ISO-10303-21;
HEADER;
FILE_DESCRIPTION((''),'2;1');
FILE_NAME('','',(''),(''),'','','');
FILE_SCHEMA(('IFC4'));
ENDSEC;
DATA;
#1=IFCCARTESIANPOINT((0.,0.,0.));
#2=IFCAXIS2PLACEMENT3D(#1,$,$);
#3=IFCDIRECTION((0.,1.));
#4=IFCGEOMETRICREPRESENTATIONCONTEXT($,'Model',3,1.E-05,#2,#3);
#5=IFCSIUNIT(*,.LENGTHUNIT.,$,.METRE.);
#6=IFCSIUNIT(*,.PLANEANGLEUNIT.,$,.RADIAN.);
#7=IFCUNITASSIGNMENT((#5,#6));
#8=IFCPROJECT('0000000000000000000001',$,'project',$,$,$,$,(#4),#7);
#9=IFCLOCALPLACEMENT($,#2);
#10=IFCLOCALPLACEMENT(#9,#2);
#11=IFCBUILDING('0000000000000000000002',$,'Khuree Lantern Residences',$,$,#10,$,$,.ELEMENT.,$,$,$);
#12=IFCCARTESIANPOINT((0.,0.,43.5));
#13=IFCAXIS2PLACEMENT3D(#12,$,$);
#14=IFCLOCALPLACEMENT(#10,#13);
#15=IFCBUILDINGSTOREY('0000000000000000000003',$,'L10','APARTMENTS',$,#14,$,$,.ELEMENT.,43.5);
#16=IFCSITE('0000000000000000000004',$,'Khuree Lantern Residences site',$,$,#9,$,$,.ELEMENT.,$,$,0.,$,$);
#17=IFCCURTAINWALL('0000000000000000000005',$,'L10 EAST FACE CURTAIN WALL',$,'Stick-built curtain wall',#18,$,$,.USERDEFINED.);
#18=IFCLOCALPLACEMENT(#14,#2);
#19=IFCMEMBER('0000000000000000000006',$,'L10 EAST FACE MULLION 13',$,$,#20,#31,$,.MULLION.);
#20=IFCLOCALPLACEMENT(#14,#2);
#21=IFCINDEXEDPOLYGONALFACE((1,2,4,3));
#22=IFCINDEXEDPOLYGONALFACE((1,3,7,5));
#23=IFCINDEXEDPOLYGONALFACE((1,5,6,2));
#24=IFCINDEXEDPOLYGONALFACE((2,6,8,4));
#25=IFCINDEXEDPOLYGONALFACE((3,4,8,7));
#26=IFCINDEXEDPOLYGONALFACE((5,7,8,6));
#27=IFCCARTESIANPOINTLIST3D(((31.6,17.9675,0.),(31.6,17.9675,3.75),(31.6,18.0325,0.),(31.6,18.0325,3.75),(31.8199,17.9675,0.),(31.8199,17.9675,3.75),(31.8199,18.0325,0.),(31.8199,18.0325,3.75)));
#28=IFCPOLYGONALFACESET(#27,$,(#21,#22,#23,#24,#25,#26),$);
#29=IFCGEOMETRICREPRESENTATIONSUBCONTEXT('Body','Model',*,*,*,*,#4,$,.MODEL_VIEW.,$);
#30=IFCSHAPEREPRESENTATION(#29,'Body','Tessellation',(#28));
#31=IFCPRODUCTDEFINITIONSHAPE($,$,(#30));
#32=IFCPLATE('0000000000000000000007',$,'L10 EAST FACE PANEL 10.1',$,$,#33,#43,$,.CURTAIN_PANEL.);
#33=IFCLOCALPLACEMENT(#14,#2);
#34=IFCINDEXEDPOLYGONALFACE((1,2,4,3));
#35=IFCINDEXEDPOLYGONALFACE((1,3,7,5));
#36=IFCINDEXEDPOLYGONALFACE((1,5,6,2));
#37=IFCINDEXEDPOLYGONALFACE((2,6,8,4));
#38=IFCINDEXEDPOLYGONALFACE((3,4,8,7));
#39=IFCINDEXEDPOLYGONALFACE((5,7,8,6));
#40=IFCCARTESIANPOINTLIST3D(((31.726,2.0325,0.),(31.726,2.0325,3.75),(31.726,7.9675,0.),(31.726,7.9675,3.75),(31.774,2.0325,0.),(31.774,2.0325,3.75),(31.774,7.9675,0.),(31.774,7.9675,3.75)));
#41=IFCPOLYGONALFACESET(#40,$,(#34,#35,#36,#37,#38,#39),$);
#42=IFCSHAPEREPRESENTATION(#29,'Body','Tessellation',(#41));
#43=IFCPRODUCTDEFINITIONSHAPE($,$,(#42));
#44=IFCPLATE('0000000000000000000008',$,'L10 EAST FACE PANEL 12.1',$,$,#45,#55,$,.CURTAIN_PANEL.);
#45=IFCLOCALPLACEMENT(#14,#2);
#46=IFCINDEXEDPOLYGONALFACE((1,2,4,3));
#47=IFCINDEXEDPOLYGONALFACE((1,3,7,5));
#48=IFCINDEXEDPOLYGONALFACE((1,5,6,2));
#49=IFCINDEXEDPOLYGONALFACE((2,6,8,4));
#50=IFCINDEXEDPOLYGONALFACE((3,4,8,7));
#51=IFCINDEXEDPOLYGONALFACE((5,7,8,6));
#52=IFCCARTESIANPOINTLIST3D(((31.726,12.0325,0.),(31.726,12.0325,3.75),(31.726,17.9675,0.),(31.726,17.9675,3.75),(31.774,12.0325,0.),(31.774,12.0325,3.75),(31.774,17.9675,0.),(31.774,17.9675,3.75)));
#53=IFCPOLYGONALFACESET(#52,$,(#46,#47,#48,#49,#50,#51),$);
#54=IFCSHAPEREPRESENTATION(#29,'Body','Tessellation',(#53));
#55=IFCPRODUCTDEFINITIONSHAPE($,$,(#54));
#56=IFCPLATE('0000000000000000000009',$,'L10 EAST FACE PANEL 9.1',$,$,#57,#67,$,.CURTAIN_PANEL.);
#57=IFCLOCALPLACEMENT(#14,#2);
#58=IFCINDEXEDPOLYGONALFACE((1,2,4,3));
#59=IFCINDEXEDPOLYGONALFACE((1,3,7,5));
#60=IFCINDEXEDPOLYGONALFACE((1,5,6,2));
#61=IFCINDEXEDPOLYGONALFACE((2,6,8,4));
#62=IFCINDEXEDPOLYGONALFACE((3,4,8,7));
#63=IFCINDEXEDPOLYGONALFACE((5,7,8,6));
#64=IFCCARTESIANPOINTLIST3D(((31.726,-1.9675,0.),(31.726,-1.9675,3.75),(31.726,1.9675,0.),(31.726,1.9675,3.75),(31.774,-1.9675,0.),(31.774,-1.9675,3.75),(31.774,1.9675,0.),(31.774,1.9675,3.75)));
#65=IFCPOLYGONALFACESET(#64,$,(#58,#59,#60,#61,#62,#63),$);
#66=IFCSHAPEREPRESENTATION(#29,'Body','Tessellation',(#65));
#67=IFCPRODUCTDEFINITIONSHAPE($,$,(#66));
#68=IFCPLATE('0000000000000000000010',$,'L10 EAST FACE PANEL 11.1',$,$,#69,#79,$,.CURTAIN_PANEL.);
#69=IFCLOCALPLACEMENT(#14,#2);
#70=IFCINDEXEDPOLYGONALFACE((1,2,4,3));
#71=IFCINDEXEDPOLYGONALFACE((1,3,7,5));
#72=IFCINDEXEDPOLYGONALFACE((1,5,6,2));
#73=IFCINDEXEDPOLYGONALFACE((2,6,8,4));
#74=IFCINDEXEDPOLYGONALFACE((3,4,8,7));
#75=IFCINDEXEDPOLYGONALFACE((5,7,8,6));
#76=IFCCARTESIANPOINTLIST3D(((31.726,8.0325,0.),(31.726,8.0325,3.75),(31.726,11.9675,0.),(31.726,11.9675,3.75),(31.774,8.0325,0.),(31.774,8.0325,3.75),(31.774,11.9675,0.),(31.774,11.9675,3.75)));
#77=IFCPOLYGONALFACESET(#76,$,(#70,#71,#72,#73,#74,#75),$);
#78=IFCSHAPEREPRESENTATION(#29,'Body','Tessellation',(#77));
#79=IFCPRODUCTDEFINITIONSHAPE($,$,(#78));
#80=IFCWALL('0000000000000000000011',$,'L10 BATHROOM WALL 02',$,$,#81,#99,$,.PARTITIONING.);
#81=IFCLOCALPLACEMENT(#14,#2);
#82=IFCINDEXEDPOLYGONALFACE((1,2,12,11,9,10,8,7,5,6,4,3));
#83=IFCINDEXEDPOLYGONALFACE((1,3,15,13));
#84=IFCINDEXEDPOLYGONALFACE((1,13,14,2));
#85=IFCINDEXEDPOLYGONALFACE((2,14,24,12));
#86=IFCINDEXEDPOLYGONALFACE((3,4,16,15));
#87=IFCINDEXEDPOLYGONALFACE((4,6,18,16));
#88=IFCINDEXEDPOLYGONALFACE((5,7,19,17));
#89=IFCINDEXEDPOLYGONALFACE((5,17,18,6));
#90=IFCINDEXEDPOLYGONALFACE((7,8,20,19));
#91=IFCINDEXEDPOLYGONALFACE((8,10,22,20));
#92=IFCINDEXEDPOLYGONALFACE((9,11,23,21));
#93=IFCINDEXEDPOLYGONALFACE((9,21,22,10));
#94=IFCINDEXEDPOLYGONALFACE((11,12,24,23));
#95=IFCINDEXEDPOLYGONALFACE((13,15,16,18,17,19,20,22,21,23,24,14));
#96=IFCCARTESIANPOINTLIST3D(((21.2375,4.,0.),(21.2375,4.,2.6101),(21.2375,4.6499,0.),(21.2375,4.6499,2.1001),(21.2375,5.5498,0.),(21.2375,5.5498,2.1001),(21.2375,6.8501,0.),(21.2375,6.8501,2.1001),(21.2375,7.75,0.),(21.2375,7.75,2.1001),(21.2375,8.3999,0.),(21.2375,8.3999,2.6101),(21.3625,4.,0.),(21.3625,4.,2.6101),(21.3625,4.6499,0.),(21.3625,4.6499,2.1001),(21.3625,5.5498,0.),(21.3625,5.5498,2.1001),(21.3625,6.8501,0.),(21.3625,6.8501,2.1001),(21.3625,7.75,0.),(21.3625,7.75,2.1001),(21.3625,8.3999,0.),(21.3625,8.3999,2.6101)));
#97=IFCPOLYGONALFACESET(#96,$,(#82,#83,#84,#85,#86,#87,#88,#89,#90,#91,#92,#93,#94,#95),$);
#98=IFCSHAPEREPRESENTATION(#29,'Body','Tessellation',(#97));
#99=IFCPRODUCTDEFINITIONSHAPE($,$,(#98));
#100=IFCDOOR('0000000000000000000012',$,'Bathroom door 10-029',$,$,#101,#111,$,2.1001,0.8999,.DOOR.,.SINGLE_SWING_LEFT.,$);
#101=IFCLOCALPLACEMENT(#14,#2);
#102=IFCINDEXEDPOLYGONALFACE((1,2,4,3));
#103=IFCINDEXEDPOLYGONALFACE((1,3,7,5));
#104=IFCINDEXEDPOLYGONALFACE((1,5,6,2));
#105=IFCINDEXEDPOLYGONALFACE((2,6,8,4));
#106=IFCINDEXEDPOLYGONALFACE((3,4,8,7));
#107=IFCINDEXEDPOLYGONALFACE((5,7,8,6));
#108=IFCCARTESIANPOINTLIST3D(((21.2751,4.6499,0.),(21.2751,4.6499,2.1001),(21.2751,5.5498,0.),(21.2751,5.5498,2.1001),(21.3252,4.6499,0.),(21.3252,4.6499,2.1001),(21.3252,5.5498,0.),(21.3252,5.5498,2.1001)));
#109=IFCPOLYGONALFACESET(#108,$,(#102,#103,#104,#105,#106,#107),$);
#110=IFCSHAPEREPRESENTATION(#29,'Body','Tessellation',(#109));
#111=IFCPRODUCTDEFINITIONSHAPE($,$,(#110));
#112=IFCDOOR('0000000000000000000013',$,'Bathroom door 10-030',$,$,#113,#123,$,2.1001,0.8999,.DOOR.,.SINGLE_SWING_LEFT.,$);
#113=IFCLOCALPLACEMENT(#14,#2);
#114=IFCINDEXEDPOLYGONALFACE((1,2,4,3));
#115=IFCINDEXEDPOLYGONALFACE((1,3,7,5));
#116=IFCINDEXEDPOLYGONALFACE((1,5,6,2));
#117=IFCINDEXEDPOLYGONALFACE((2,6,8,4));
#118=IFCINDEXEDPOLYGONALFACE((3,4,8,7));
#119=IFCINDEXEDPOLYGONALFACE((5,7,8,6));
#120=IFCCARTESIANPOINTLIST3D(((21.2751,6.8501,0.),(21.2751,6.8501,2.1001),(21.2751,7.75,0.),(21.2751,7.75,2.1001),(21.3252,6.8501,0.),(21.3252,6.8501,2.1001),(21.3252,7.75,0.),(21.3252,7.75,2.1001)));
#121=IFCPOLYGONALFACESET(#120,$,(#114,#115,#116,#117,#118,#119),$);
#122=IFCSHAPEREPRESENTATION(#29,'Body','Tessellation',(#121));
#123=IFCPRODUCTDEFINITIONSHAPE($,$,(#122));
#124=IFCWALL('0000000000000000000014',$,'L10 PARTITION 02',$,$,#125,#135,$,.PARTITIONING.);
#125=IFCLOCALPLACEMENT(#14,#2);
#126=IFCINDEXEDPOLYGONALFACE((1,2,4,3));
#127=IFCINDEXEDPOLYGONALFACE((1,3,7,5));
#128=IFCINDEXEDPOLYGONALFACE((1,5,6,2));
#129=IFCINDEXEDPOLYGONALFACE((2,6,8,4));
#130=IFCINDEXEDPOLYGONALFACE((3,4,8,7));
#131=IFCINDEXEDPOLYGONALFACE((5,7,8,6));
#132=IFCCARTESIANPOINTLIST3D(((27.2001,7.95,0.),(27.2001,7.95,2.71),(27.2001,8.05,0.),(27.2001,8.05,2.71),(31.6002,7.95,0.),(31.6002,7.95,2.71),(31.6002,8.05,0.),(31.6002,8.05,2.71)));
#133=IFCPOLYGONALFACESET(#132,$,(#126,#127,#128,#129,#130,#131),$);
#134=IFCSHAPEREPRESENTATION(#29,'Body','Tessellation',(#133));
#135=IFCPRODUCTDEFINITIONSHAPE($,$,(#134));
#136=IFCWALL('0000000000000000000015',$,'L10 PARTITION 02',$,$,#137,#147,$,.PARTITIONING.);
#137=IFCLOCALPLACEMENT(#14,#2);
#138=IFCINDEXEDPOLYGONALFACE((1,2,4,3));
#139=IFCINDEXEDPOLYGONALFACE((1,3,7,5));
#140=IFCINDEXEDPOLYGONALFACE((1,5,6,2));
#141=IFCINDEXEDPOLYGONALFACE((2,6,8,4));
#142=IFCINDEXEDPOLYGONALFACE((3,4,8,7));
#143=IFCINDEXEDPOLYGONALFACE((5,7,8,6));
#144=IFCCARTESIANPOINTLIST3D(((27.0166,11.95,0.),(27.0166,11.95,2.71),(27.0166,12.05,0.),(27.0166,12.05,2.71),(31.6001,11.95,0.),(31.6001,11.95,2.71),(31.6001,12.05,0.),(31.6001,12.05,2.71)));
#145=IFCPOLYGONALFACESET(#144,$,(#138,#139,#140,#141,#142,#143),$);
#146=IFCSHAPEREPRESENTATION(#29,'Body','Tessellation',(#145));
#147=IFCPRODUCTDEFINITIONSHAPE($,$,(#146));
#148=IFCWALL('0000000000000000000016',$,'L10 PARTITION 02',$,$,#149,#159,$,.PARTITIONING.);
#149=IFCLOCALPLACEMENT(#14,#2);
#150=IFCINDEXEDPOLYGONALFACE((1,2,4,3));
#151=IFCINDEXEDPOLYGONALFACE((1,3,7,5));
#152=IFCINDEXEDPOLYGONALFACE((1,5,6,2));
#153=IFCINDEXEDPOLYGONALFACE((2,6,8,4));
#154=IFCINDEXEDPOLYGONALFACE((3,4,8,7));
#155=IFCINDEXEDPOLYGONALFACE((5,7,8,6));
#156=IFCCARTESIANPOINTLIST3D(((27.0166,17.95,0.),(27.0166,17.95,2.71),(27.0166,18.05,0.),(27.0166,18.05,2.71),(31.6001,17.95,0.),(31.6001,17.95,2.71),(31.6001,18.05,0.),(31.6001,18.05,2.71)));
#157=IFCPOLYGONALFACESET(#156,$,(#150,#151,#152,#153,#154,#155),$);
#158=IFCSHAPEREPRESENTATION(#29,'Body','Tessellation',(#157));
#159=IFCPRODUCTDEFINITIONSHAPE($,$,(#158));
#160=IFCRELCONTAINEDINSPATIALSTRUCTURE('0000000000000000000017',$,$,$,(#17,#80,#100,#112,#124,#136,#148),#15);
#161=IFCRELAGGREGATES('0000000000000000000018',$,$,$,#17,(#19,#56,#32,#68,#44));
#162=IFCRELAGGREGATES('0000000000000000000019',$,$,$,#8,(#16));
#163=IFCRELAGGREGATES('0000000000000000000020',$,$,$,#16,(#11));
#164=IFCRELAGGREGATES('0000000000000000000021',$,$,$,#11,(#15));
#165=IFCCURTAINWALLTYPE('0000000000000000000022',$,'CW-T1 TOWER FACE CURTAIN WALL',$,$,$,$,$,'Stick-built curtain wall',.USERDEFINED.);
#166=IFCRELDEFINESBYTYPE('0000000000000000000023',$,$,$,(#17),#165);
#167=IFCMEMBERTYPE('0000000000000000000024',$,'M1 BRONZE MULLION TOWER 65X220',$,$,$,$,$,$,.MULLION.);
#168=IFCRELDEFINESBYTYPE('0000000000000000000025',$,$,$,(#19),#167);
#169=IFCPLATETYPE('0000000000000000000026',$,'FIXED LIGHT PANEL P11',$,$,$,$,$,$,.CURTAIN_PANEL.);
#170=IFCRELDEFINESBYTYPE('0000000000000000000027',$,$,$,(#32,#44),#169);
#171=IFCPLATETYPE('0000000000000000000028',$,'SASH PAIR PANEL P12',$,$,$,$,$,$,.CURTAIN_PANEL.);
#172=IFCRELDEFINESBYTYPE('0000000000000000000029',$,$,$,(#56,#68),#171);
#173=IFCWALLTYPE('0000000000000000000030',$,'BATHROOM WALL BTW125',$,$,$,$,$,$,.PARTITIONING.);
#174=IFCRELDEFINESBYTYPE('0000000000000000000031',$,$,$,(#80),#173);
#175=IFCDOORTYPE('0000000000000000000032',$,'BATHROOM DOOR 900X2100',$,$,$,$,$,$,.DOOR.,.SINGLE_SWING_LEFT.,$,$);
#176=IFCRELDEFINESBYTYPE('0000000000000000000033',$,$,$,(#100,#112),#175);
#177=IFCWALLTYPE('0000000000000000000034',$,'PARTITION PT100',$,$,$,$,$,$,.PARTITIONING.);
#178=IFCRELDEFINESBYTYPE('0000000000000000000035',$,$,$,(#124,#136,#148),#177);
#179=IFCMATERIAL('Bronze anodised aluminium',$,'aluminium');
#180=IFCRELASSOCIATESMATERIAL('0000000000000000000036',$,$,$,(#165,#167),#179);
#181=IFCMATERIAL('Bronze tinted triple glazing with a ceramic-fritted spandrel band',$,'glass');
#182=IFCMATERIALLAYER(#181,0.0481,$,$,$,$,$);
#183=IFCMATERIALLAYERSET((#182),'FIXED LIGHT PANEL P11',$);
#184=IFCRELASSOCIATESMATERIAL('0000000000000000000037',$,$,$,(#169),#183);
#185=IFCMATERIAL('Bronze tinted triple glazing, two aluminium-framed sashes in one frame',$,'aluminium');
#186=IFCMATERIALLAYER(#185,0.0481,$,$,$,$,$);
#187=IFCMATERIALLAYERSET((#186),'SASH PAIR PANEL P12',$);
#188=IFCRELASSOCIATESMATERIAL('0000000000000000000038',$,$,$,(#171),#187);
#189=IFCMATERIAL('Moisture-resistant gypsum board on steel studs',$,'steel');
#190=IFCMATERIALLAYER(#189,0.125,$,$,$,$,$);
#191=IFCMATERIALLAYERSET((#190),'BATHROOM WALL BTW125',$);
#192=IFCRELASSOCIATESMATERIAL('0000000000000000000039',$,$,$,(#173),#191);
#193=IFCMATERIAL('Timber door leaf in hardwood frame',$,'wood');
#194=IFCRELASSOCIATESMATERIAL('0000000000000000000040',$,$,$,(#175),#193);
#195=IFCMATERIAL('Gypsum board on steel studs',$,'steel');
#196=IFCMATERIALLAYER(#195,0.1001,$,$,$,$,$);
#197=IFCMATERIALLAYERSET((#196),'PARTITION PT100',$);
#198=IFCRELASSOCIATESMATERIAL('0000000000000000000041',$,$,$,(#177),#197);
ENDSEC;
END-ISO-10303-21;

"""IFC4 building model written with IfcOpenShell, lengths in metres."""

from ifc_helpers import new_model, si_unit, direction, frame, frame_2d, origin, origin_2d, place, context, subcontext, project, spatial, rectangle, extrude, material, layer, layer_set, material_profile, profile_set, type_object, element, fill, aggregate, save


model = new_model("IFC4")

# Units and contexts
model_context = context("Model", 3, precision=1e-05, world=origin(), true_north=direction((0.0, 1.0)))
body_context = subcontext(model_context, "Body", "Model", "MODEL_VIEW")
ifc_project = project(units=[si_unit("LENGTHUNIT", "METRE"), si_unit("PLANEANGLEUNIT", "RADIAN")], contexts=[model_context])

# Site, building, storey
site_placement = place(None, origin())
site = spatial("IfcSite", under=ifc_project, at=site_placement, Name="Khuree Lantern Residences site", CompositionType="ELEMENT", RefElevation=0.0)
building_placement = place(site_placement, origin())
building = spatial("IfcBuilding", under=site, at=building_placement, Name="Khuree Lantern Residences", CompositionType="ELEMENT")
storey_placement = place(building_placement, frame((0.0, 0.0, 43.5)))
storey = spatial("IfcBuildingStorey", under=building, at=storey_placement, Name="L10", Description="APARTMENTS", CompositionType="ELEMENT", Elevation=43.5)

# Curtain wall
ifc_material_1 = material(Name="Bronze anodised aluminium", Category="aluminium")
curtain_wall_type = type_object("IfcCurtainWallType", Name="CW-T1 TOWER FACE CURTAIN WALL", ElementType="Stick-built curtain wall", PredefinedType="USERDEFINED", material=ifc_material_1)
curtain_wall_placement = place(storey_placement, origin())
curtain_wall = element("IfcCurtainWall", 1, at=curtain_wall_placement, inside=storey, type_object=curtain_wall_type, Name="L10 EAST FACE CURTAIN WALL", ObjectType="Stick-built curtain wall", PredefinedType="USERDEFINED")

# Member
ifc_material_profile_1 = material_profile(ifc_material_1, rectangle(XDim=0.0649, YDim=0.22, at=origin_2d()), Name="M1 65X220")
ifc_profile_set_1 = profile_set([ifc_material_profile_1], Name="Bronze anodised aluminium")
member_type_1 = type_object("IfcMemberType", Name="M1 BRONZE MULLION TOWER 65X220", PredefinedType="MULLION", material=ifc_profile_set_1)
member_1_placement = place(storey_placement, frame((31.71, 18.0, 0.0), z_axis=(0.0, 0.0, 1.0), x_axis=(0.0, 1.0, 0.0)))
member_1 = element("IfcMember", 2, at=member_1_placement, type_object=member_type_1, Name="L10 EAST FACE MULLION 13", PredefinedType="MULLION", context=body_context, shape_type="SweptSolid", body=[
    extrude(rectangle(XDim=0.0649, YDim=0.22, at=origin_2d()), origin(), (0.0, 0.0, 1.0), 3.75),
])

# Plates
ifc_material_2 = material(Name="Bronze tinted triple glazing with a ceramic-fritted spandrel band", Category="glass")
ifc_layer_1 = layer(ifc_material_2, 0.0481)
ifc_layer_set_1 = layer_set([ifc_layer_1], Name="FIXED LIGHT PANEL P11")
plate_type_1 = type_object("IfcPlateType", Name="FIXED LIGHT PANEL P11", PredefinedType="CURTAIN_PANEL", material=ifc_layer_set_1)
plate_1_placement = place(storey_placement, frame((31.75, 5.0, 0.0), z_axis=(0.0, 0.0, 1.0), x_axis=(0.0, 1.0, 0.0)))
plate_1 = element("IfcPlate", 3, at=plate_1_placement, type_object=plate_type_1, Name="L10 EAST FACE PANEL 10.1", PredefinedType="CURTAIN_PANEL", context=body_context, shape_type="SweptSolid", body=[
    extrude(rectangle(XDim=5.9351, YDim=0.0481, at=origin_2d()), origin(), (0.0, 0.0, 1.0), 3.75),
])
plate_2_placement = place(storey_placement, frame((31.75, 15.0, 0.0), z_axis=(0.0, 0.0, 1.0), x_axis=(0.0, 1.0, 0.0)))
plate_2 = element("IfcPlate", 4, at=plate_2_placement, type_object=plate_type_1, Name="L10 EAST FACE PANEL 12.1", PredefinedType="CURTAIN_PANEL", context=body_context, shape_type="SweptSolid", body=[
    extrude(rectangle(XDim=5.9351, YDim=0.0481, at=origin_2d()), origin(), (0.0, 0.0, 1.0), 3.75),
])
ifc_material_3 = material(Name="Bronze tinted triple glazing, two aluminium-framed sashes in one frame", Category="aluminium")
ifc_layer_2 = layer(ifc_material_3, 0.0481)
ifc_layer_set_2 = layer_set([ifc_layer_2], Name="SASH PAIR PANEL P12")
plate_type_2 = type_object("IfcPlateType", Name="SASH PAIR PANEL P12", PredefinedType="CURTAIN_PANEL", material=ifc_layer_set_2)
plate_3_placement = place(storey_placement, frame((31.75, 0.0, 0.0), z_axis=(0.0, 0.0, 1.0), x_axis=(0.0, 1.0, 0.0)))
plate_3 = element("IfcPlate", 5, at=plate_3_placement, type_object=plate_type_2, Name="L10 EAST FACE PANEL 9.1", PredefinedType="CURTAIN_PANEL", context=body_context, shape_type="SweptSolid", body=[
    extrude(rectangle(XDim=3.9351, YDim=0.0481, at=origin_2d()), origin(), (0.0, 0.0, 1.0), 3.75),
])
plate_4_placement = place(storey_placement, frame((31.75, 10.0, 0.0), z_axis=(0.0, 0.0, 1.0), x_axis=(0.0, 1.0, 0.0)))
plate_4 = element("IfcPlate", 6, at=plate_4_placement, type_object=plate_type_2, Name="L10 EAST FACE PANEL 11.1", PredefinedType="CURTAIN_PANEL", context=body_context, shape_type="SweptSolid", body=[
    extrude(rectangle(XDim=3.9351, YDim=0.0481, at=origin_2d()), origin(), (0.0, 0.0, 1.0), 3.75),
])
aggregate(curtain_wall, [member_1, plate_3, plate_1, plate_4, plate_2])

# Wall, openings, doors
ifc_material_4 = material(Name="Moisture-resistant gypsum board on steel studs", Category="steel")
ifc_layer_3 = layer(ifc_material_4, 0.125)
ifc_layer_set_3 = layer_set([ifc_layer_3], Name="BATHROOM WALL BTW125")
wall_type_1 = type_object("IfcWallType", Name="BATHROOM WALL BTW125", PredefinedType="PARTITIONING", material=ifc_layer_set_3)
wall_1_placement = place(storey_placement, frame((21.3, 4.0, 0.0), z_axis=(0.0, 0.0, 1.0), x_axis=(0.0, 1.0, 0.0)))
wall_1 = element("IfcWall", 7, at=wall_1_placement, inside=storey, type_object=wall_type_1, Name="L10 BATHROOM WALL 02", PredefinedType="PARTITIONING", context=body_context, shape_type="SweptSolid", body=[
    extrude(rectangle(XDim=4.3999, YDim=0.125, at=frame_2d((2.2, 0.0))), origin(), (0.0, 0.0, 1.0), 2.6101),
])
opening_1_placement = place(wall_1_placement, frame((0.6499, 0.0, 0.0)))
opening_1 = element("IfcOpeningElement", 8, at=opening_1_placement, cuts=wall_1, PredefinedType="OPENING", context=body_context, shape_type="SweptSolid", body=[
    extrude(rectangle(XDim=0.8999, YDim=2.1001, at=frame_2d((0.45, 1.05))), frame((0.0, 0.0725, 0.0), z_axis=(0.0, -1.0, 0.0), x_axis=(1.0, 0.0, 0.0)), (0.0, 0.0, 1.0), 0.145),
])
opening_2_placement = place(wall_1_placement, frame((2.8501, 0.0, 0.0)))
opening_2 = element("IfcOpeningElement", 9, at=opening_2_placement, cuts=wall_1, PredefinedType="OPENING", context=body_context, shape_type="SweptSolid", body=[
    extrude(rectangle(XDim=0.8999, YDim=2.1001, at=frame_2d((0.45, 1.05))), frame((0.0, 0.0725, 0.0), z_axis=(0.0, -1.0, 0.0), x_axis=(1.0, 0.0, 0.0)), (0.0, 0.0, 1.0), 0.145),
])
ifc_material_5 = material(Name="Timber door leaf in hardwood frame", Category="wood")
door_type_1 = type_object("IfcDoorType", Name="BATHROOM DOOR 900X2100", OperationType="SINGLE_SWING_LEFT", PredefinedType="DOOR", material=ifc_material_5)
door_1_placement = place(opening_1_placement, origin())
door_1 = element("IfcDoor", 10, at=door_1_placement, inside=storey, type_object=door_type_1, Name="Bathroom door 10-029", OperationType="SINGLE_SWING_LEFT", OverallHeight=2.1001, OverallWidth=0.8999, PredefinedType="DOOR", context=body_context, shape_type="SweptSolid", body=[
    extrude(rectangle(XDim=0.8999, YDim=2.1001, at=frame_2d((0.45, 1.05))), frame((0.0, 0.0249, 0.0), z_axis=(0.0, -1.0, 0.0), x_axis=(1.0, 0.0, 0.0)), (0.0, 0.0, 1.0), 0.05),
])
fill(opening_1, door_1)
door_2_placement = place(opening_2_placement, origin())
door_2 = element("IfcDoor", 11, at=door_2_placement, inside=storey, type_object=door_type_1, Name="Bathroom door 10-030", OperationType="SINGLE_SWING_LEFT", OverallHeight=2.1001, OverallWidth=0.8999, PredefinedType="DOOR", context=body_context, shape_type="SweptSolid", body=[
    extrude(rectangle(XDim=0.8999, YDim=2.1001, at=frame_2d((0.45, 1.05))), frame((0.0, 0.0249, 0.0), z_axis=(0.0, -1.0, 0.0), x_axis=(1.0, 0.0, 0.0)), (0.0, 0.0, 1.0), 0.05),
])
fill(opening_2, door_2)

# Walls
ifc_material_6 = material(Name="Gypsum board on steel studs", Category="steel")
ifc_layer_4 = layer(ifc_material_6, 0.1001)
ifc_layer_set_4 = layer_set([ifc_layer_4], Name="PARTITION PT100")
wall_type_2 = type_object("IfcWallType", Name="PARTITION PT100", PredefinedType="PARTITIONING", material=ifc_layer_set_4)
wall_2_placement = place(storey_placement, frame((27.2, 8.0, 0.0), z_axis=(0.0, 0.0, 1.0), x_axis=(1.0, 0.0, 0.0)))
element("IfcWall", 12, at=wall_2_placement, inside=storey, type_object=wall_type_2, Name="L10 PARTITION 02", PredefinedType="PARTITIONING", context=body_context, shape_type="SweptSolid", body=[
    extrude(rectangle(XDim=4.4001, YDim=0.1001, at=frame_2d((2.2002, 0.0))), origin(), (0.0, 0.0, 1.0), 2.71),
])
for number, where, z_axis, x_axis, name in (
    (13, (27.0166, 12.0, 0.0), (0.0, 0.0, 1.0), (1.0, 0.0, 0.0), "L10 PARTITION 02"),
    (14, (27.0166, 18.0, 0.0), (0.0, 0.0, 1.0), (1.0, 0.0, 0.0), "L10 PARTITION 02"),
):
    element("IfcWall", number, at=place(storey_placement, frame(where, z_axis=z_axis, x_axis=x_axis)), inside=storey, type_object=wall_type_2, Name=name, PredefinedType="PARTITIONING", context=body_context, shape_type="SweptSolid", body=[
        extrude(rectangle(XDim=4.5835, YDim=0.1001, at=frame_2d((2.2917, 0.0))), origin(), (0.0, 0.0, 1.0), 2.71),
    ])

save(model, "model.ifc")
